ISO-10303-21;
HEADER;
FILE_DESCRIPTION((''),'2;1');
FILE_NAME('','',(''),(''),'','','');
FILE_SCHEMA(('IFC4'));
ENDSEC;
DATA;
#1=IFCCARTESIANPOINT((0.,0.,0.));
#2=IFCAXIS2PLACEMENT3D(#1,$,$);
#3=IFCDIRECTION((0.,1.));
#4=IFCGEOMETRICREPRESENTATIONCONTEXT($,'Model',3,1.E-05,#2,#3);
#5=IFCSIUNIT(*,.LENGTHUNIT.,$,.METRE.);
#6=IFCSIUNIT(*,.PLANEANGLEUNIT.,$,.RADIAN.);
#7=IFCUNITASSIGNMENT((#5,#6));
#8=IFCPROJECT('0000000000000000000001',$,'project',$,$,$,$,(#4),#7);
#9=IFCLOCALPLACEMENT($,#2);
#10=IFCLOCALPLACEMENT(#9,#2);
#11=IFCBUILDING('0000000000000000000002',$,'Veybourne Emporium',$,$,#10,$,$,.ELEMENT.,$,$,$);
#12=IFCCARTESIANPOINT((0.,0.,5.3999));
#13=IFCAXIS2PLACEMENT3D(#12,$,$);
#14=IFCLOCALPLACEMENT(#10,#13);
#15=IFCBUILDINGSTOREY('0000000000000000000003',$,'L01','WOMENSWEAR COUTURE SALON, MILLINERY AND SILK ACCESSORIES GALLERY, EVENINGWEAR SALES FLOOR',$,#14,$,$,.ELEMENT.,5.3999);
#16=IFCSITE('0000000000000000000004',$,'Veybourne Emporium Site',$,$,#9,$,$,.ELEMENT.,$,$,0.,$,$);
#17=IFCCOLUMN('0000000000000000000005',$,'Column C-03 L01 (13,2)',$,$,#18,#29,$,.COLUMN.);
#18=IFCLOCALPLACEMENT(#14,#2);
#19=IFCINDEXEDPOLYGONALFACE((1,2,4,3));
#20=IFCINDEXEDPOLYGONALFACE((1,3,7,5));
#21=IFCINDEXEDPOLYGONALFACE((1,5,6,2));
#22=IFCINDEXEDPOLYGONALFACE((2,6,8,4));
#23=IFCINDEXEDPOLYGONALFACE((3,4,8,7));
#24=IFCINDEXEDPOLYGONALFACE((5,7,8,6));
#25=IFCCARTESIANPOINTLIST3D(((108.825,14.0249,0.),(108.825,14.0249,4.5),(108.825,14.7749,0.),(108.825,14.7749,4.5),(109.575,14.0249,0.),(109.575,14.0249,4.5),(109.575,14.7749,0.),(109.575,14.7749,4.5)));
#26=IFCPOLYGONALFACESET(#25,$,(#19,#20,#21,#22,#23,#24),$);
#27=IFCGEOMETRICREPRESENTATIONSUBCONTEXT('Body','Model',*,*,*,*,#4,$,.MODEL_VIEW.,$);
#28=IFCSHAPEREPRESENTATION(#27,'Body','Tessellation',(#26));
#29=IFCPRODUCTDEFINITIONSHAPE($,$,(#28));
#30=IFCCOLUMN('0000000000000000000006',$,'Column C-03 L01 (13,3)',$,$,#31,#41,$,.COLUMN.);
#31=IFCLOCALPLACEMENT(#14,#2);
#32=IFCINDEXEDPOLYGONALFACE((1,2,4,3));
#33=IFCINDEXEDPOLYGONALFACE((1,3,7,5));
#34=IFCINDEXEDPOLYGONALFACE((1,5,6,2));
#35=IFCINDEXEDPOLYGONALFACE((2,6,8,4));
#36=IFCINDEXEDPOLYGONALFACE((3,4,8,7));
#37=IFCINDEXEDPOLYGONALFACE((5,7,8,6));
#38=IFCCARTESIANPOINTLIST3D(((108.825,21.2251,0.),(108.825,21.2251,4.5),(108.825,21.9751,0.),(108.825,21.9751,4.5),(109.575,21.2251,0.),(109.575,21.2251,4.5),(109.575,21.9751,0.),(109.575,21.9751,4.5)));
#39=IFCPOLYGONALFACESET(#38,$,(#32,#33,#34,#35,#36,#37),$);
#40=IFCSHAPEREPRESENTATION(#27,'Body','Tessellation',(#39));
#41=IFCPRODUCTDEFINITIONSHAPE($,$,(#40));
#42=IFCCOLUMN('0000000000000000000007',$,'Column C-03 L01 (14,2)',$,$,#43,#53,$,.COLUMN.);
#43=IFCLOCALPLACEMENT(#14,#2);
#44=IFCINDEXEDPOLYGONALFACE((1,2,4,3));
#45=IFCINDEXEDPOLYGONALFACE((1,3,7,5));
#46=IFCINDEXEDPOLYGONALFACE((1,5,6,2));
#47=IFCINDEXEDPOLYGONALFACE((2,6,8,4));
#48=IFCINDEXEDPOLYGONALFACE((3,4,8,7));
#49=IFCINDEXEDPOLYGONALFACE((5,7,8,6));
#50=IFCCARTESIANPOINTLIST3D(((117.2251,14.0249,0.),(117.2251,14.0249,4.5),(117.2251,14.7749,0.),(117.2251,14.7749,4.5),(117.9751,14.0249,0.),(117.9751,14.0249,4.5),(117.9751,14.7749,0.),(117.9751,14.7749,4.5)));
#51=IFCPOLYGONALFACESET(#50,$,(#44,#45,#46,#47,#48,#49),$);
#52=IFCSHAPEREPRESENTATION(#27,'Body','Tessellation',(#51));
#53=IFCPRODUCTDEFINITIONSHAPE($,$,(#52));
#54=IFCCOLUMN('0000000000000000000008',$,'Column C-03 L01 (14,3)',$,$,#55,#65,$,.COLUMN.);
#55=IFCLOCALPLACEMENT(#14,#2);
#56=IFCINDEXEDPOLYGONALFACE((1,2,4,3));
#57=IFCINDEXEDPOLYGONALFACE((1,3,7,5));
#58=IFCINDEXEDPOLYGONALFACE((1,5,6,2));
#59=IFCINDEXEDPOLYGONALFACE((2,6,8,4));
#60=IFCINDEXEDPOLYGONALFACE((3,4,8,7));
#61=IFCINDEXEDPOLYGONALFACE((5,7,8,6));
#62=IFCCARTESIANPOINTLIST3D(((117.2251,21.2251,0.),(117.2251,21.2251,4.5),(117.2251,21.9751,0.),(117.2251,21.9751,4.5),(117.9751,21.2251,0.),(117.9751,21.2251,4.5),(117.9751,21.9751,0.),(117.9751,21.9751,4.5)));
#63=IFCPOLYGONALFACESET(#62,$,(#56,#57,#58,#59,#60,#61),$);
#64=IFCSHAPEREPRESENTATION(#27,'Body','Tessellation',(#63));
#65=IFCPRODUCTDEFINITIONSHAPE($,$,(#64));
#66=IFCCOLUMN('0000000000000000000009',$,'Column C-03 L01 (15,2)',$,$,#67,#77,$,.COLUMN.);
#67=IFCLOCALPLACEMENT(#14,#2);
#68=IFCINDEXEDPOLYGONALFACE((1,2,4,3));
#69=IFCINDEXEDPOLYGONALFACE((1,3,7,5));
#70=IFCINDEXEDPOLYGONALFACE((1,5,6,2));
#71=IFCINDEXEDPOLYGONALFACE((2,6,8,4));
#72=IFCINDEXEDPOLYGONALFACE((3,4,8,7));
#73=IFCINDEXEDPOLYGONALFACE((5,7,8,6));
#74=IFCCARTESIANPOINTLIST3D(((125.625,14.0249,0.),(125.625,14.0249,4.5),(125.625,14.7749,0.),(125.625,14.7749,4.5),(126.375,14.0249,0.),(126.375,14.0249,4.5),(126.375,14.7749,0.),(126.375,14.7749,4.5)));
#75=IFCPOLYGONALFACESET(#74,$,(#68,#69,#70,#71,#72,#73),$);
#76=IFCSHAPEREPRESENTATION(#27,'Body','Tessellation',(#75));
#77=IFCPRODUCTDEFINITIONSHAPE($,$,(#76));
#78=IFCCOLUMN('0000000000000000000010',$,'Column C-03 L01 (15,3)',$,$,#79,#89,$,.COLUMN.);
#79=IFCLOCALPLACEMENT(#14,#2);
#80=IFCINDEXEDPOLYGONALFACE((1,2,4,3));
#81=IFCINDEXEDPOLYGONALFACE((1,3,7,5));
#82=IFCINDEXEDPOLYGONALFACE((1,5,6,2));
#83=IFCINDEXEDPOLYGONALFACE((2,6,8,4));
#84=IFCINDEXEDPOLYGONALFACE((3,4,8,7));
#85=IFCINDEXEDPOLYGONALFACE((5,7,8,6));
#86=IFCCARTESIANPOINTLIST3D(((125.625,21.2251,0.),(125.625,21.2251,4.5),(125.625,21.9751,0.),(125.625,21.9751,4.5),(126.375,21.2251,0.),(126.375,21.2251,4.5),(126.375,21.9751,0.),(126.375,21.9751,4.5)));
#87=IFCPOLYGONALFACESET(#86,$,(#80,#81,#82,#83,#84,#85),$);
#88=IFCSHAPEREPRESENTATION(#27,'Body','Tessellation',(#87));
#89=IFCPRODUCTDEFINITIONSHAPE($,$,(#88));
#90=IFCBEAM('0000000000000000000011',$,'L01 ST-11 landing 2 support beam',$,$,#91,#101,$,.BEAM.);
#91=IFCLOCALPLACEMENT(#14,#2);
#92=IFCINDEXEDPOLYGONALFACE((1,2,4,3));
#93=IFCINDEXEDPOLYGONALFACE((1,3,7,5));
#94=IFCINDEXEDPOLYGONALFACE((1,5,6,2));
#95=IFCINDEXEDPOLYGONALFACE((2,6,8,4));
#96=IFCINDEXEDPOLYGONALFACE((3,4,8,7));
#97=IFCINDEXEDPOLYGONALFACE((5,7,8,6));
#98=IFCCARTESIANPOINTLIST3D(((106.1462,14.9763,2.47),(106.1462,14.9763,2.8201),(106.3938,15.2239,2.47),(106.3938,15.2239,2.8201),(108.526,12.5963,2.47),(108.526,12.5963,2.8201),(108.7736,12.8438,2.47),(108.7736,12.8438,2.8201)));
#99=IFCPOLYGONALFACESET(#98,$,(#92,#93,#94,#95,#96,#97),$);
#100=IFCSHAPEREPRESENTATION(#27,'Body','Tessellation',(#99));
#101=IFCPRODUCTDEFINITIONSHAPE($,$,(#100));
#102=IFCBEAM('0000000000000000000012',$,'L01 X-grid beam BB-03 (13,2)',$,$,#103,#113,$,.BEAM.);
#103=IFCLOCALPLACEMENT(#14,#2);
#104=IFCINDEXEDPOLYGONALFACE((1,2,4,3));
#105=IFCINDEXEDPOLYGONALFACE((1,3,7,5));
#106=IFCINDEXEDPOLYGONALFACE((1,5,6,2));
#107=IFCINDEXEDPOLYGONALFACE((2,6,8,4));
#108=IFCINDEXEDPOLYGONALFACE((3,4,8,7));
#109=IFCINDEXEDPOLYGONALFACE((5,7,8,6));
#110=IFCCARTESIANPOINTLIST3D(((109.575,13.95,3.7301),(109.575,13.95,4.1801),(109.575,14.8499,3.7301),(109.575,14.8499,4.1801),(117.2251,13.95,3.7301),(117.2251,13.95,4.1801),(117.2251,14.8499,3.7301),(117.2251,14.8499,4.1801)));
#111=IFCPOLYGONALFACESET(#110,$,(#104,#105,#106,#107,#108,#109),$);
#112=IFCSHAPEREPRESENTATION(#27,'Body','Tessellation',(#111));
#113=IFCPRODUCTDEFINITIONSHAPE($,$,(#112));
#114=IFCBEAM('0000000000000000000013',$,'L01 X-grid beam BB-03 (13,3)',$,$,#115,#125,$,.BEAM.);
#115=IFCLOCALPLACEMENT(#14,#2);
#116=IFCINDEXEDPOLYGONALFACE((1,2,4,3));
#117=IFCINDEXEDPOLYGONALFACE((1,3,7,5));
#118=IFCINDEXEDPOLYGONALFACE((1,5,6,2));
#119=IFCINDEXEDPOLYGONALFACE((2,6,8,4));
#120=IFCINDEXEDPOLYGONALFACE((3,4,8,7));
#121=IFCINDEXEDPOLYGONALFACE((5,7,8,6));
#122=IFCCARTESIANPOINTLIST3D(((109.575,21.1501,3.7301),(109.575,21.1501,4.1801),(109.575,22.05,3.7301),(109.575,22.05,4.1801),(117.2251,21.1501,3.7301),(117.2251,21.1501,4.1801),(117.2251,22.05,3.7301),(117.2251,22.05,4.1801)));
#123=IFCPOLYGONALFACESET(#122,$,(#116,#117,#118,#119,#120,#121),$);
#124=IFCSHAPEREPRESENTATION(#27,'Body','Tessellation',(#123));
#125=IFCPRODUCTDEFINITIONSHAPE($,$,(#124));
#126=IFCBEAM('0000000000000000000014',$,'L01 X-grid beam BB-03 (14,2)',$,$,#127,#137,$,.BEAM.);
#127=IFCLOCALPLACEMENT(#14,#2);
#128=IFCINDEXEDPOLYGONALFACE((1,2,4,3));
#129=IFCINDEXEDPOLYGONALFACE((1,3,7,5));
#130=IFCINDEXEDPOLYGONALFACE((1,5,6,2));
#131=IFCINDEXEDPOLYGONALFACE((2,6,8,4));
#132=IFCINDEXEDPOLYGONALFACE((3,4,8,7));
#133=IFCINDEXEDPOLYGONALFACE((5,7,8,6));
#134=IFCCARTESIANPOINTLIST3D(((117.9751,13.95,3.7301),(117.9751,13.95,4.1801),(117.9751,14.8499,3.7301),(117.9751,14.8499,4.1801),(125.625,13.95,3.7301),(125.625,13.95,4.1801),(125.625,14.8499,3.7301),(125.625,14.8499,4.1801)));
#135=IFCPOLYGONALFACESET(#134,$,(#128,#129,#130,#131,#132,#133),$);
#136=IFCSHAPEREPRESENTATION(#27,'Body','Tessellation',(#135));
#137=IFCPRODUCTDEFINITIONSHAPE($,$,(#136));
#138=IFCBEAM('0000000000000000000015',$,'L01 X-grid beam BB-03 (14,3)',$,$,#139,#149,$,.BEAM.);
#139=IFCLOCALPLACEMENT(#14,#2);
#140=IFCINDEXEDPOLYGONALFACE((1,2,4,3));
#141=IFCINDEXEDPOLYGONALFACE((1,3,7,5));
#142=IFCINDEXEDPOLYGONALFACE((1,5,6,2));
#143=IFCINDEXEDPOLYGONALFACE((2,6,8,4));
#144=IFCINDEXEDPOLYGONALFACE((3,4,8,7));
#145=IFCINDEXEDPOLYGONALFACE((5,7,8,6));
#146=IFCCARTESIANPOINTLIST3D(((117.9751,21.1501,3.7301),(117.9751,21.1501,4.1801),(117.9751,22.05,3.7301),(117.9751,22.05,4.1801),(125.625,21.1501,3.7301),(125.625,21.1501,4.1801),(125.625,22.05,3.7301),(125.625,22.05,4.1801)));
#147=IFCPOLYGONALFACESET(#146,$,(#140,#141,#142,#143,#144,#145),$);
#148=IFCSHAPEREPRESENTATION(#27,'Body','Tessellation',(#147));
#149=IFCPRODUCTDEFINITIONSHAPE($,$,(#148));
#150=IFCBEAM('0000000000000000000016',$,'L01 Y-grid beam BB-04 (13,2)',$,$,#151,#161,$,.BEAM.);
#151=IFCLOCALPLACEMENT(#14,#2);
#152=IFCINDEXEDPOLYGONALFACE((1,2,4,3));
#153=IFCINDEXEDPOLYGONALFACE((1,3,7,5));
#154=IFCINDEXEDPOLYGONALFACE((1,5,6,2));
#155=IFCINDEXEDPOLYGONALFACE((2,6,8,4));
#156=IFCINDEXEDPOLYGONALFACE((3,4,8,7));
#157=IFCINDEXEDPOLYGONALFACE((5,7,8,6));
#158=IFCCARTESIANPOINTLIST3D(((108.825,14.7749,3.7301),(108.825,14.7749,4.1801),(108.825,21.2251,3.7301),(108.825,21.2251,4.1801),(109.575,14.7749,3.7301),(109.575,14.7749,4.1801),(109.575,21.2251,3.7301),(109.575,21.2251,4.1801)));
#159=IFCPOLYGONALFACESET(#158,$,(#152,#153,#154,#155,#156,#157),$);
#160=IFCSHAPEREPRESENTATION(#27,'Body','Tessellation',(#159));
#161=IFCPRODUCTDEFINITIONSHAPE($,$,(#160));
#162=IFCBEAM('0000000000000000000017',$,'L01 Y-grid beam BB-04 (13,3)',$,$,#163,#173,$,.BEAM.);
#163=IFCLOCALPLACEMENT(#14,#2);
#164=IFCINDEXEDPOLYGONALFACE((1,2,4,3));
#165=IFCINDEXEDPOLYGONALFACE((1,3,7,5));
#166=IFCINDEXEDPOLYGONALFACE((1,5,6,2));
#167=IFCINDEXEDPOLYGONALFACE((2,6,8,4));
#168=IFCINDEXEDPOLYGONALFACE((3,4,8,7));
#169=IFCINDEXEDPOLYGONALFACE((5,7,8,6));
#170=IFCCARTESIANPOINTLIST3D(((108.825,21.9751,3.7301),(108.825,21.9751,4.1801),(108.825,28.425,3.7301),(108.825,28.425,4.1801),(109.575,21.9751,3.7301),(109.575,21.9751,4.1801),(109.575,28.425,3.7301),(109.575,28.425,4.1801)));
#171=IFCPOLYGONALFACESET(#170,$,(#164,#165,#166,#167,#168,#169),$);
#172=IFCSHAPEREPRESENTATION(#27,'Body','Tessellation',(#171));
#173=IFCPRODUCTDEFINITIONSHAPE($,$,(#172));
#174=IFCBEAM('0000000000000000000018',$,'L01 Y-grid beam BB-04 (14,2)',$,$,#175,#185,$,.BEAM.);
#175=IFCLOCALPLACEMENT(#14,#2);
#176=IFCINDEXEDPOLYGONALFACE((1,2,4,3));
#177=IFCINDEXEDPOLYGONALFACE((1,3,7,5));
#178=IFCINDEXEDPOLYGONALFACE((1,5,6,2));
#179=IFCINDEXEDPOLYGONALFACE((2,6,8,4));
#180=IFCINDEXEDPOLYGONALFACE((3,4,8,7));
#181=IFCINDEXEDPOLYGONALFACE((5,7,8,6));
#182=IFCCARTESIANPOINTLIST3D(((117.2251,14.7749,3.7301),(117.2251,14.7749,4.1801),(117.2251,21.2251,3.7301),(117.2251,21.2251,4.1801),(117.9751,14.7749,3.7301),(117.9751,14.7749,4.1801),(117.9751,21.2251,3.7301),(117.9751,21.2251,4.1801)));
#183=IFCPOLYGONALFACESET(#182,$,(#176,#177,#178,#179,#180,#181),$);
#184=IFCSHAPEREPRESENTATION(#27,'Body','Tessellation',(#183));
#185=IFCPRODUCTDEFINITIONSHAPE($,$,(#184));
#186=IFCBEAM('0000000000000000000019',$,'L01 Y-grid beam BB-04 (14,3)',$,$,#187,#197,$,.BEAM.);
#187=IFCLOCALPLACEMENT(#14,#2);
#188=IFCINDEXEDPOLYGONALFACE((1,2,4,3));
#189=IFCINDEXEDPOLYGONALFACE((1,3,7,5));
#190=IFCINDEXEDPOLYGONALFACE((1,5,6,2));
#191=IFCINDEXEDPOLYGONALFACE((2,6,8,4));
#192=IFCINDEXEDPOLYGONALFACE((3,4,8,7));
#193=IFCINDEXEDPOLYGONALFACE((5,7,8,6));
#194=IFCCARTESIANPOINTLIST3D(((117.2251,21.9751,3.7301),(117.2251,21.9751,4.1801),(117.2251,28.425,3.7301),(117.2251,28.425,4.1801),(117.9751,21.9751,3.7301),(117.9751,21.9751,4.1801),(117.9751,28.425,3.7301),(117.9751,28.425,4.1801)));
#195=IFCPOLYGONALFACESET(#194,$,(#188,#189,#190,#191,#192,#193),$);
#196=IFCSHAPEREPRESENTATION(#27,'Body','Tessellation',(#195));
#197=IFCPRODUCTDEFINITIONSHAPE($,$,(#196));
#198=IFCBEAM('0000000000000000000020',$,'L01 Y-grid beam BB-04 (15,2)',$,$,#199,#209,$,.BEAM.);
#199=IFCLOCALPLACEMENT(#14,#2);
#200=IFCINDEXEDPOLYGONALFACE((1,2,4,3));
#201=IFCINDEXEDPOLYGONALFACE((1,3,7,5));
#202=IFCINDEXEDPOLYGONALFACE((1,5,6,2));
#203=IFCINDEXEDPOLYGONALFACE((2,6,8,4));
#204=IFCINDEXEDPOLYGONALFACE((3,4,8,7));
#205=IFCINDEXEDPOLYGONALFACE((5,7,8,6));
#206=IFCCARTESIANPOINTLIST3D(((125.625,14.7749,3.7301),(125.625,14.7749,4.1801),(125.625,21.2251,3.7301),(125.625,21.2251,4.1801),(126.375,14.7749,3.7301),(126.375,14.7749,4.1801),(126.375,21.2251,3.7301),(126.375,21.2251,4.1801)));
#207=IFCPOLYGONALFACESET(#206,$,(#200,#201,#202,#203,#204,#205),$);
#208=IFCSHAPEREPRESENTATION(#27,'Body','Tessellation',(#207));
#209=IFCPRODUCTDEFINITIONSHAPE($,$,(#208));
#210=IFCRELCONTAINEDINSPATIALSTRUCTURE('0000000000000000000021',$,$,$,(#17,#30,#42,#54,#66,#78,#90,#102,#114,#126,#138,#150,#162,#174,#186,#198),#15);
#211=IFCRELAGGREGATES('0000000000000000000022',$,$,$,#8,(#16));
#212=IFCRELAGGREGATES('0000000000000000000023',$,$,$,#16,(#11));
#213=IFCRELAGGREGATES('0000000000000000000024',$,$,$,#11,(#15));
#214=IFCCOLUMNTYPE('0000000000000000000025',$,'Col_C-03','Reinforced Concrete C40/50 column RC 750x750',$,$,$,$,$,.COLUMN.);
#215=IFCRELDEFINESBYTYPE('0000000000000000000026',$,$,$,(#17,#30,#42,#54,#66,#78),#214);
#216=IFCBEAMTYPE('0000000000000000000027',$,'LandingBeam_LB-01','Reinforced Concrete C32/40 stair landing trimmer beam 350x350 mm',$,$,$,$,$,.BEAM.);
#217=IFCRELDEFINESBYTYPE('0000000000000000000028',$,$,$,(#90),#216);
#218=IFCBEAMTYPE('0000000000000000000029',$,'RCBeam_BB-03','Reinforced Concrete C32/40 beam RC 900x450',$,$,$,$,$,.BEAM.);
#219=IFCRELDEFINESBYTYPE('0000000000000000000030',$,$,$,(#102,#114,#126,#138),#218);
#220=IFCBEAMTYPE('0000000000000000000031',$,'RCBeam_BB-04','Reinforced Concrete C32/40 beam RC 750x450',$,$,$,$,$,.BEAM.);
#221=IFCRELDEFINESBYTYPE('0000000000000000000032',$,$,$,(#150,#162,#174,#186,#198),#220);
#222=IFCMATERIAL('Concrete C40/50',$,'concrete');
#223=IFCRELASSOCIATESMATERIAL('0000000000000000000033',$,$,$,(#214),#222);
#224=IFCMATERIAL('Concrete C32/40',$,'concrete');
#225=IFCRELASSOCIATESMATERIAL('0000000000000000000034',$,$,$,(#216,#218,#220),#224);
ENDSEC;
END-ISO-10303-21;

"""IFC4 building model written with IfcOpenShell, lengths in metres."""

from ifc_helpers import new_model, si_unit, direction, frame, origin, origin_2d, place, context, subcontext, project, spatial, rectangle, extrude, material, material_profile, profile_set, type_object, element, save


model = new_model("IFC4")

# Units and contexts
model_context = context("Model", 3, precision=1e-05, world=origin(), true_north=direction((0.0, 1.0)))
body_context = subcontext(model_context, "Body", "Model", "MODEL_VIEW")
ifc_project = project(units=[si_unit("LENGTHUNIT", "METRE"), si_unit("PLANEANGLEUNIT", "RADIAN")], contexts=[model_context])

# Site, building, storey
site_placement = place(None, origin())
site = spatial("IfcSite", under=ifc_project, at=site_placement, Name="Veybourne Emporium Site", CompositionType="ELEMENT", RefElevation=0.0)
building_placement = place(site_placement, origin())
building = spatial("IfcBuilding", under=site, at=building_placement, Name="Veybourne Emporium", CompositionType="ELEMENT")
storey_placement = place(building_placement, frame((0.0, 0.0, 5.3999)))
storey = spatial("IfcBuildingStorey", under=building, at=storey_placement, Name="L01", Description="WOMENSWEAR COUTURE SALON, MILLINERY AND SILK ACCESSORIES GALLERY, EVENINGWEAR SALES FLOOR", CompositionType="ELEMENT", Elevation=5.3999)

# Columns
ifc_material_1 = material(Name="Concrete C40/50", Category="concrete")
ifc_material_profile_1 = material_profile(ifc_material_1, rectangle(XDim=0.75, YDim=0.75, at=origin_2d()), Name="RC 750x750")
ifc_profile_set_1 = profile_set([ifc_material_profile_1], Name="Concrete C40/50")
column_type = type_object("IfcColumnType", Name="Col_C-03", Description="Reinforced Concrete C40/50 column RC 750x750", PredefinedType="COLUMN", material=ifc_profile_set_1)
for number, where, z_axis, x_axis, name in (
    (1, (109.2, 14.3999, 0.0), (0.0, 0.0, 1.0), (1.0, 0.0, 0.0), "Column C-03 L01 (13,2)"),
    (2, (109.2, 21.6001, 0.0), (0.0, 0.0, 1.0), (1.0, 0.0, 0.0), "Column C-03 L01 (13,3)"),
    (3, (117.6001, 14.3999, 0.0), (0.0, 0.0, 1.0), (1.0, 0.0, 0.0), "Column C-03 L01 (14,2)"),
    (4, (117.6001, 21.6001, 0.0), (0.0, 0.0, 1.0), (1.0, 0.0, 0.0), "Column C-03 L01 (14,3)"),
    (5, (126.0, 14.3999, 0.0), (0.0, 0.0, 1.0), (1.0, 0.0, 0.0), "Column C-03 L01 (15,2)"),
    (6, (126.0, 21.6001, 0.0), (0.0, 0.0, 1.0), (1.0, 0.0, 0.0), "Column C-03 L01 (15,3)"),
):
    element("IfcColumn", number, at=place(storey_placement, frame(where, z_axis=z_axis, x_axis=x_axis)), inside=storey, type_object=column_type, Name=name, PredefinedType="COLUMN", context=body_context, shape_type="SweptSolid", body=[
        extrude(rectangle(XDim=0.75, YDim=0.75, at=origin_2d()), origin(), (0.0, 0.0, 1.0), 4.5),
    ])

# Beams
ifc_material_2 = material(Name="Concrete C32/40", Category="concrete")
ifc_material_profile_2 = material_profile(ifc_material_2, rectangle(XDim=0.3501, YDim=0.3501, at=origin_2d()), Name="RC 350x350")
ifc_profile_set_2 = profile_set([ifc_material_profile_2], Name="Concrete C32/40")
beam_type_1 = type_object("IfcBeamType", Name="LandingBeam_LB-01", Description="Reinforced Concrete C32/40 stair landing trimmer beam 350x350 mm", PredefinedType="BEAM", material=ifc_profile_set_2)
beam_1_placement = place(storey_placement, frame((106.27, 15.1001, 2.645), z_axis=(0.707071, -0.707143, 0.0), x_axis=(0.707143, 0.707071, 0.0)))
element("IfcBeam", 7, at=beam_1_placement, inside=storey, type_object=beam_type_1, Name="L01 ST-11 landing 2 support beam", PredefinedType="BEAM", context=body_context, shape_type="SweptSolid", body=[
    extrude(rectangle(XDim=0.3501, YDim=0.3501, at=origin_2d()), origin(), (0.0, 0.0, 1.0), 3.3657),
])
ifc_material_profile_3 = material_profile(ifc_material_2, rectangle(XDim=0.8999, YDim=0.45, at=origin_2d()), Name="RC 900x450")
ifc_profile_set_3 = profile_set([ifc_material_profile_3], Name="Concrete C32/40")
beam_type_2 = type_object("IfcBeamType", Name="RCBeam_BB-03", Description="Reinforced Concrete C32/40 beam RC 900x450", PredefinedType="BEAM", material=ifc_profile_set_3)
for number, where, z_axis, x_axis, name in (
    (8, (109.575, 14.3999, 3.9551), (1.0, 0.0, 0.0), (0.0, 1.0, 0.0), "L01 X-grid beam BB-03 (13,2)"),
    (9, (109.575, 21.6001, 3.9551), (1.0, 0.0, 0.0), (0.0, 1.0, 0.0), "L01 X-grid beam BB-03 (13,3)"),
):
    element("IfcBeam", number, at=place(storey_placement, frame(where, z_axis=z_axis, x_axis=x_axis)), inside=storey, type_object=beam_type_2, Name=name, PredefinedType="BEAM", context=body_context, shape_type="SweptSolid", body=[
        extrude(rectangle(XDim=0.8999, YDim=0.45, at=origin_2d()), origin(), (0.0, 0.0, 1.0), 7.6501),
    ])
for number, where, z_axis, x_axis, name in (
    (10, (117.9751, 14.3999, 3.9551), (1.0, 0.0, 0.0), (0.0, 1.0, 0.0), "L01 X-grid beam BB-03 (14,2)"),
    (11, (117.9751, 21.6001, 3.9551), (1.0, 0.0, 0.0), (0.0, 1.0, 0.0), "L01 X-grid beam BB-03 (14,3)"),
):
    element("IfcBeam", number, at=place(storey_placement, frame(where, z_axis=z_axis, x_axis=x_axis)), inside=storey, type_object=beam_type_2, Name=name, PredefinedType="BEAM", context=body_context, shape_type="SweptSolid", body=[
        extrude(rectangle(XDim=0.8999, YDim=0.45, at=origin_2d()), origin(), (0.0, 0.0, 1.0), 7.6499),
    ])
ifc_material_profile_4 = material_profile(ifc_material_2, rectangle(XDim=0.75, YDim=0.45, at=origin_2d()), Name="RC 750x450")
ifc_profile_set_4 = profile_set([ifc_material_profile_4], Name="Concrete C32/40")
beam_type_3 = type_object("IfcBeamType", Name="RCBeam_BB-04", Description="Reinforced Concrete C32/40 beam RC 750x450", PredefinedType="BEAM", material=ifc_profile_set_4)
beam_2_placement = place(storey_placement, frame((109.2, 14.7749, 3.9551), z_axis=(0.0, 1.0, 0.0), x_axis=(-1.0, 0.0, 0.0)))
element("IfcBeam", 12, at=beam_2_placement, inside=storey, type_object=beam_type_3, Name="L01 Y-grid beam BB-04 (13,2)", PredefinedType="BEAM", context=body_context, shape_type="SweptSolid", body=[
    extrude(rectangle(XDim=0.75, YDim=0.45, at=origin_2d()), origin(), (0.0, 0.0, 1.0), 6.4502),
])
beam_3_placement = place(storey_placement, frame((109.2, 21.9751, 3.9551), z_axis=(0.0, 1.0, 0.0), x_axis=(-1.0, 0.0, 0.0)))
element("IfcBeam", 13, at=beam_3_placement, inside=storey, type_object=beam_type_3, Name="L01 Y-grid beam BB-04 (13,3)", PredefinedType="BEAM", context=body_context, shape_type="SweptSolid", body=[
    extrude(rectangle(XDim=0.75, YDim=0.45, at=origin_2d()), origin(), (0.0, 0.0, 1.0), 6.45),
])
beam_4_placement = place(storey_placement, frame((117.6001, 14.7749, 3.9551), z_axis=(0.0, 1.0, 0.0), x_axis=(-1.0, 0.0, 0.0)))
element("IfcBeam", 14, at=beam_4_placement, inside=storey, type_object=beam_type_3, Name="L01 Y-grid beam BB-04 (14,2)", PredefinedType="BEAM", context=body_context, shape_type="SweptSolid", body=[
    extrude(rectangle(XDim=0.75, YDim=0.45, at=origin_2d()), origin(), (0.0, 0.0, 1.0), 6.4502),
])
beam_5_placement = place(storey_placement, frame((117.6001, 21.9751, 3.9551), z_axis=(0.0, 1.0, 0.0), x_axis=(-1.0, 0.0, 0.0)))
element("IfcBeam", 15, at=beam_5_placement, inside=storey, type_object=beam_type_3, Name="L01 Y-grid beam BB-04 (14,3)", PredefinedType="BEAM", context=body_context, shape_type="SweptSolid", body=[
    extrude(rectangle(XDim=0.75, YDim=0.45, at=origin_2d()), origin(), (0.0, 0.0, 1.0), 6.45),
])
beam_6_placement = place(storey_placement, frame((126.0, 14.7749, 3.9551), z_axis=(0.0, 1.0, 0.0), x_axis=(-1.0, 0.0, 0.0)))
element("IfcBeam", 16, at=beam_6_placement, inside=storey, type_object=beam_type_3, Name="L01 Y-grid beam BB-04 (15,2)", PredefinedType="BEAM", context=body_context, shape_type="SweptSolid", body=[
    extrude(rectangle(XDim=0.75, YDim=0.45, at=origin_2d()), origin(), (0.0, 0.0, 1.0), 6.4502),
])

save(model, "model.ifc")
